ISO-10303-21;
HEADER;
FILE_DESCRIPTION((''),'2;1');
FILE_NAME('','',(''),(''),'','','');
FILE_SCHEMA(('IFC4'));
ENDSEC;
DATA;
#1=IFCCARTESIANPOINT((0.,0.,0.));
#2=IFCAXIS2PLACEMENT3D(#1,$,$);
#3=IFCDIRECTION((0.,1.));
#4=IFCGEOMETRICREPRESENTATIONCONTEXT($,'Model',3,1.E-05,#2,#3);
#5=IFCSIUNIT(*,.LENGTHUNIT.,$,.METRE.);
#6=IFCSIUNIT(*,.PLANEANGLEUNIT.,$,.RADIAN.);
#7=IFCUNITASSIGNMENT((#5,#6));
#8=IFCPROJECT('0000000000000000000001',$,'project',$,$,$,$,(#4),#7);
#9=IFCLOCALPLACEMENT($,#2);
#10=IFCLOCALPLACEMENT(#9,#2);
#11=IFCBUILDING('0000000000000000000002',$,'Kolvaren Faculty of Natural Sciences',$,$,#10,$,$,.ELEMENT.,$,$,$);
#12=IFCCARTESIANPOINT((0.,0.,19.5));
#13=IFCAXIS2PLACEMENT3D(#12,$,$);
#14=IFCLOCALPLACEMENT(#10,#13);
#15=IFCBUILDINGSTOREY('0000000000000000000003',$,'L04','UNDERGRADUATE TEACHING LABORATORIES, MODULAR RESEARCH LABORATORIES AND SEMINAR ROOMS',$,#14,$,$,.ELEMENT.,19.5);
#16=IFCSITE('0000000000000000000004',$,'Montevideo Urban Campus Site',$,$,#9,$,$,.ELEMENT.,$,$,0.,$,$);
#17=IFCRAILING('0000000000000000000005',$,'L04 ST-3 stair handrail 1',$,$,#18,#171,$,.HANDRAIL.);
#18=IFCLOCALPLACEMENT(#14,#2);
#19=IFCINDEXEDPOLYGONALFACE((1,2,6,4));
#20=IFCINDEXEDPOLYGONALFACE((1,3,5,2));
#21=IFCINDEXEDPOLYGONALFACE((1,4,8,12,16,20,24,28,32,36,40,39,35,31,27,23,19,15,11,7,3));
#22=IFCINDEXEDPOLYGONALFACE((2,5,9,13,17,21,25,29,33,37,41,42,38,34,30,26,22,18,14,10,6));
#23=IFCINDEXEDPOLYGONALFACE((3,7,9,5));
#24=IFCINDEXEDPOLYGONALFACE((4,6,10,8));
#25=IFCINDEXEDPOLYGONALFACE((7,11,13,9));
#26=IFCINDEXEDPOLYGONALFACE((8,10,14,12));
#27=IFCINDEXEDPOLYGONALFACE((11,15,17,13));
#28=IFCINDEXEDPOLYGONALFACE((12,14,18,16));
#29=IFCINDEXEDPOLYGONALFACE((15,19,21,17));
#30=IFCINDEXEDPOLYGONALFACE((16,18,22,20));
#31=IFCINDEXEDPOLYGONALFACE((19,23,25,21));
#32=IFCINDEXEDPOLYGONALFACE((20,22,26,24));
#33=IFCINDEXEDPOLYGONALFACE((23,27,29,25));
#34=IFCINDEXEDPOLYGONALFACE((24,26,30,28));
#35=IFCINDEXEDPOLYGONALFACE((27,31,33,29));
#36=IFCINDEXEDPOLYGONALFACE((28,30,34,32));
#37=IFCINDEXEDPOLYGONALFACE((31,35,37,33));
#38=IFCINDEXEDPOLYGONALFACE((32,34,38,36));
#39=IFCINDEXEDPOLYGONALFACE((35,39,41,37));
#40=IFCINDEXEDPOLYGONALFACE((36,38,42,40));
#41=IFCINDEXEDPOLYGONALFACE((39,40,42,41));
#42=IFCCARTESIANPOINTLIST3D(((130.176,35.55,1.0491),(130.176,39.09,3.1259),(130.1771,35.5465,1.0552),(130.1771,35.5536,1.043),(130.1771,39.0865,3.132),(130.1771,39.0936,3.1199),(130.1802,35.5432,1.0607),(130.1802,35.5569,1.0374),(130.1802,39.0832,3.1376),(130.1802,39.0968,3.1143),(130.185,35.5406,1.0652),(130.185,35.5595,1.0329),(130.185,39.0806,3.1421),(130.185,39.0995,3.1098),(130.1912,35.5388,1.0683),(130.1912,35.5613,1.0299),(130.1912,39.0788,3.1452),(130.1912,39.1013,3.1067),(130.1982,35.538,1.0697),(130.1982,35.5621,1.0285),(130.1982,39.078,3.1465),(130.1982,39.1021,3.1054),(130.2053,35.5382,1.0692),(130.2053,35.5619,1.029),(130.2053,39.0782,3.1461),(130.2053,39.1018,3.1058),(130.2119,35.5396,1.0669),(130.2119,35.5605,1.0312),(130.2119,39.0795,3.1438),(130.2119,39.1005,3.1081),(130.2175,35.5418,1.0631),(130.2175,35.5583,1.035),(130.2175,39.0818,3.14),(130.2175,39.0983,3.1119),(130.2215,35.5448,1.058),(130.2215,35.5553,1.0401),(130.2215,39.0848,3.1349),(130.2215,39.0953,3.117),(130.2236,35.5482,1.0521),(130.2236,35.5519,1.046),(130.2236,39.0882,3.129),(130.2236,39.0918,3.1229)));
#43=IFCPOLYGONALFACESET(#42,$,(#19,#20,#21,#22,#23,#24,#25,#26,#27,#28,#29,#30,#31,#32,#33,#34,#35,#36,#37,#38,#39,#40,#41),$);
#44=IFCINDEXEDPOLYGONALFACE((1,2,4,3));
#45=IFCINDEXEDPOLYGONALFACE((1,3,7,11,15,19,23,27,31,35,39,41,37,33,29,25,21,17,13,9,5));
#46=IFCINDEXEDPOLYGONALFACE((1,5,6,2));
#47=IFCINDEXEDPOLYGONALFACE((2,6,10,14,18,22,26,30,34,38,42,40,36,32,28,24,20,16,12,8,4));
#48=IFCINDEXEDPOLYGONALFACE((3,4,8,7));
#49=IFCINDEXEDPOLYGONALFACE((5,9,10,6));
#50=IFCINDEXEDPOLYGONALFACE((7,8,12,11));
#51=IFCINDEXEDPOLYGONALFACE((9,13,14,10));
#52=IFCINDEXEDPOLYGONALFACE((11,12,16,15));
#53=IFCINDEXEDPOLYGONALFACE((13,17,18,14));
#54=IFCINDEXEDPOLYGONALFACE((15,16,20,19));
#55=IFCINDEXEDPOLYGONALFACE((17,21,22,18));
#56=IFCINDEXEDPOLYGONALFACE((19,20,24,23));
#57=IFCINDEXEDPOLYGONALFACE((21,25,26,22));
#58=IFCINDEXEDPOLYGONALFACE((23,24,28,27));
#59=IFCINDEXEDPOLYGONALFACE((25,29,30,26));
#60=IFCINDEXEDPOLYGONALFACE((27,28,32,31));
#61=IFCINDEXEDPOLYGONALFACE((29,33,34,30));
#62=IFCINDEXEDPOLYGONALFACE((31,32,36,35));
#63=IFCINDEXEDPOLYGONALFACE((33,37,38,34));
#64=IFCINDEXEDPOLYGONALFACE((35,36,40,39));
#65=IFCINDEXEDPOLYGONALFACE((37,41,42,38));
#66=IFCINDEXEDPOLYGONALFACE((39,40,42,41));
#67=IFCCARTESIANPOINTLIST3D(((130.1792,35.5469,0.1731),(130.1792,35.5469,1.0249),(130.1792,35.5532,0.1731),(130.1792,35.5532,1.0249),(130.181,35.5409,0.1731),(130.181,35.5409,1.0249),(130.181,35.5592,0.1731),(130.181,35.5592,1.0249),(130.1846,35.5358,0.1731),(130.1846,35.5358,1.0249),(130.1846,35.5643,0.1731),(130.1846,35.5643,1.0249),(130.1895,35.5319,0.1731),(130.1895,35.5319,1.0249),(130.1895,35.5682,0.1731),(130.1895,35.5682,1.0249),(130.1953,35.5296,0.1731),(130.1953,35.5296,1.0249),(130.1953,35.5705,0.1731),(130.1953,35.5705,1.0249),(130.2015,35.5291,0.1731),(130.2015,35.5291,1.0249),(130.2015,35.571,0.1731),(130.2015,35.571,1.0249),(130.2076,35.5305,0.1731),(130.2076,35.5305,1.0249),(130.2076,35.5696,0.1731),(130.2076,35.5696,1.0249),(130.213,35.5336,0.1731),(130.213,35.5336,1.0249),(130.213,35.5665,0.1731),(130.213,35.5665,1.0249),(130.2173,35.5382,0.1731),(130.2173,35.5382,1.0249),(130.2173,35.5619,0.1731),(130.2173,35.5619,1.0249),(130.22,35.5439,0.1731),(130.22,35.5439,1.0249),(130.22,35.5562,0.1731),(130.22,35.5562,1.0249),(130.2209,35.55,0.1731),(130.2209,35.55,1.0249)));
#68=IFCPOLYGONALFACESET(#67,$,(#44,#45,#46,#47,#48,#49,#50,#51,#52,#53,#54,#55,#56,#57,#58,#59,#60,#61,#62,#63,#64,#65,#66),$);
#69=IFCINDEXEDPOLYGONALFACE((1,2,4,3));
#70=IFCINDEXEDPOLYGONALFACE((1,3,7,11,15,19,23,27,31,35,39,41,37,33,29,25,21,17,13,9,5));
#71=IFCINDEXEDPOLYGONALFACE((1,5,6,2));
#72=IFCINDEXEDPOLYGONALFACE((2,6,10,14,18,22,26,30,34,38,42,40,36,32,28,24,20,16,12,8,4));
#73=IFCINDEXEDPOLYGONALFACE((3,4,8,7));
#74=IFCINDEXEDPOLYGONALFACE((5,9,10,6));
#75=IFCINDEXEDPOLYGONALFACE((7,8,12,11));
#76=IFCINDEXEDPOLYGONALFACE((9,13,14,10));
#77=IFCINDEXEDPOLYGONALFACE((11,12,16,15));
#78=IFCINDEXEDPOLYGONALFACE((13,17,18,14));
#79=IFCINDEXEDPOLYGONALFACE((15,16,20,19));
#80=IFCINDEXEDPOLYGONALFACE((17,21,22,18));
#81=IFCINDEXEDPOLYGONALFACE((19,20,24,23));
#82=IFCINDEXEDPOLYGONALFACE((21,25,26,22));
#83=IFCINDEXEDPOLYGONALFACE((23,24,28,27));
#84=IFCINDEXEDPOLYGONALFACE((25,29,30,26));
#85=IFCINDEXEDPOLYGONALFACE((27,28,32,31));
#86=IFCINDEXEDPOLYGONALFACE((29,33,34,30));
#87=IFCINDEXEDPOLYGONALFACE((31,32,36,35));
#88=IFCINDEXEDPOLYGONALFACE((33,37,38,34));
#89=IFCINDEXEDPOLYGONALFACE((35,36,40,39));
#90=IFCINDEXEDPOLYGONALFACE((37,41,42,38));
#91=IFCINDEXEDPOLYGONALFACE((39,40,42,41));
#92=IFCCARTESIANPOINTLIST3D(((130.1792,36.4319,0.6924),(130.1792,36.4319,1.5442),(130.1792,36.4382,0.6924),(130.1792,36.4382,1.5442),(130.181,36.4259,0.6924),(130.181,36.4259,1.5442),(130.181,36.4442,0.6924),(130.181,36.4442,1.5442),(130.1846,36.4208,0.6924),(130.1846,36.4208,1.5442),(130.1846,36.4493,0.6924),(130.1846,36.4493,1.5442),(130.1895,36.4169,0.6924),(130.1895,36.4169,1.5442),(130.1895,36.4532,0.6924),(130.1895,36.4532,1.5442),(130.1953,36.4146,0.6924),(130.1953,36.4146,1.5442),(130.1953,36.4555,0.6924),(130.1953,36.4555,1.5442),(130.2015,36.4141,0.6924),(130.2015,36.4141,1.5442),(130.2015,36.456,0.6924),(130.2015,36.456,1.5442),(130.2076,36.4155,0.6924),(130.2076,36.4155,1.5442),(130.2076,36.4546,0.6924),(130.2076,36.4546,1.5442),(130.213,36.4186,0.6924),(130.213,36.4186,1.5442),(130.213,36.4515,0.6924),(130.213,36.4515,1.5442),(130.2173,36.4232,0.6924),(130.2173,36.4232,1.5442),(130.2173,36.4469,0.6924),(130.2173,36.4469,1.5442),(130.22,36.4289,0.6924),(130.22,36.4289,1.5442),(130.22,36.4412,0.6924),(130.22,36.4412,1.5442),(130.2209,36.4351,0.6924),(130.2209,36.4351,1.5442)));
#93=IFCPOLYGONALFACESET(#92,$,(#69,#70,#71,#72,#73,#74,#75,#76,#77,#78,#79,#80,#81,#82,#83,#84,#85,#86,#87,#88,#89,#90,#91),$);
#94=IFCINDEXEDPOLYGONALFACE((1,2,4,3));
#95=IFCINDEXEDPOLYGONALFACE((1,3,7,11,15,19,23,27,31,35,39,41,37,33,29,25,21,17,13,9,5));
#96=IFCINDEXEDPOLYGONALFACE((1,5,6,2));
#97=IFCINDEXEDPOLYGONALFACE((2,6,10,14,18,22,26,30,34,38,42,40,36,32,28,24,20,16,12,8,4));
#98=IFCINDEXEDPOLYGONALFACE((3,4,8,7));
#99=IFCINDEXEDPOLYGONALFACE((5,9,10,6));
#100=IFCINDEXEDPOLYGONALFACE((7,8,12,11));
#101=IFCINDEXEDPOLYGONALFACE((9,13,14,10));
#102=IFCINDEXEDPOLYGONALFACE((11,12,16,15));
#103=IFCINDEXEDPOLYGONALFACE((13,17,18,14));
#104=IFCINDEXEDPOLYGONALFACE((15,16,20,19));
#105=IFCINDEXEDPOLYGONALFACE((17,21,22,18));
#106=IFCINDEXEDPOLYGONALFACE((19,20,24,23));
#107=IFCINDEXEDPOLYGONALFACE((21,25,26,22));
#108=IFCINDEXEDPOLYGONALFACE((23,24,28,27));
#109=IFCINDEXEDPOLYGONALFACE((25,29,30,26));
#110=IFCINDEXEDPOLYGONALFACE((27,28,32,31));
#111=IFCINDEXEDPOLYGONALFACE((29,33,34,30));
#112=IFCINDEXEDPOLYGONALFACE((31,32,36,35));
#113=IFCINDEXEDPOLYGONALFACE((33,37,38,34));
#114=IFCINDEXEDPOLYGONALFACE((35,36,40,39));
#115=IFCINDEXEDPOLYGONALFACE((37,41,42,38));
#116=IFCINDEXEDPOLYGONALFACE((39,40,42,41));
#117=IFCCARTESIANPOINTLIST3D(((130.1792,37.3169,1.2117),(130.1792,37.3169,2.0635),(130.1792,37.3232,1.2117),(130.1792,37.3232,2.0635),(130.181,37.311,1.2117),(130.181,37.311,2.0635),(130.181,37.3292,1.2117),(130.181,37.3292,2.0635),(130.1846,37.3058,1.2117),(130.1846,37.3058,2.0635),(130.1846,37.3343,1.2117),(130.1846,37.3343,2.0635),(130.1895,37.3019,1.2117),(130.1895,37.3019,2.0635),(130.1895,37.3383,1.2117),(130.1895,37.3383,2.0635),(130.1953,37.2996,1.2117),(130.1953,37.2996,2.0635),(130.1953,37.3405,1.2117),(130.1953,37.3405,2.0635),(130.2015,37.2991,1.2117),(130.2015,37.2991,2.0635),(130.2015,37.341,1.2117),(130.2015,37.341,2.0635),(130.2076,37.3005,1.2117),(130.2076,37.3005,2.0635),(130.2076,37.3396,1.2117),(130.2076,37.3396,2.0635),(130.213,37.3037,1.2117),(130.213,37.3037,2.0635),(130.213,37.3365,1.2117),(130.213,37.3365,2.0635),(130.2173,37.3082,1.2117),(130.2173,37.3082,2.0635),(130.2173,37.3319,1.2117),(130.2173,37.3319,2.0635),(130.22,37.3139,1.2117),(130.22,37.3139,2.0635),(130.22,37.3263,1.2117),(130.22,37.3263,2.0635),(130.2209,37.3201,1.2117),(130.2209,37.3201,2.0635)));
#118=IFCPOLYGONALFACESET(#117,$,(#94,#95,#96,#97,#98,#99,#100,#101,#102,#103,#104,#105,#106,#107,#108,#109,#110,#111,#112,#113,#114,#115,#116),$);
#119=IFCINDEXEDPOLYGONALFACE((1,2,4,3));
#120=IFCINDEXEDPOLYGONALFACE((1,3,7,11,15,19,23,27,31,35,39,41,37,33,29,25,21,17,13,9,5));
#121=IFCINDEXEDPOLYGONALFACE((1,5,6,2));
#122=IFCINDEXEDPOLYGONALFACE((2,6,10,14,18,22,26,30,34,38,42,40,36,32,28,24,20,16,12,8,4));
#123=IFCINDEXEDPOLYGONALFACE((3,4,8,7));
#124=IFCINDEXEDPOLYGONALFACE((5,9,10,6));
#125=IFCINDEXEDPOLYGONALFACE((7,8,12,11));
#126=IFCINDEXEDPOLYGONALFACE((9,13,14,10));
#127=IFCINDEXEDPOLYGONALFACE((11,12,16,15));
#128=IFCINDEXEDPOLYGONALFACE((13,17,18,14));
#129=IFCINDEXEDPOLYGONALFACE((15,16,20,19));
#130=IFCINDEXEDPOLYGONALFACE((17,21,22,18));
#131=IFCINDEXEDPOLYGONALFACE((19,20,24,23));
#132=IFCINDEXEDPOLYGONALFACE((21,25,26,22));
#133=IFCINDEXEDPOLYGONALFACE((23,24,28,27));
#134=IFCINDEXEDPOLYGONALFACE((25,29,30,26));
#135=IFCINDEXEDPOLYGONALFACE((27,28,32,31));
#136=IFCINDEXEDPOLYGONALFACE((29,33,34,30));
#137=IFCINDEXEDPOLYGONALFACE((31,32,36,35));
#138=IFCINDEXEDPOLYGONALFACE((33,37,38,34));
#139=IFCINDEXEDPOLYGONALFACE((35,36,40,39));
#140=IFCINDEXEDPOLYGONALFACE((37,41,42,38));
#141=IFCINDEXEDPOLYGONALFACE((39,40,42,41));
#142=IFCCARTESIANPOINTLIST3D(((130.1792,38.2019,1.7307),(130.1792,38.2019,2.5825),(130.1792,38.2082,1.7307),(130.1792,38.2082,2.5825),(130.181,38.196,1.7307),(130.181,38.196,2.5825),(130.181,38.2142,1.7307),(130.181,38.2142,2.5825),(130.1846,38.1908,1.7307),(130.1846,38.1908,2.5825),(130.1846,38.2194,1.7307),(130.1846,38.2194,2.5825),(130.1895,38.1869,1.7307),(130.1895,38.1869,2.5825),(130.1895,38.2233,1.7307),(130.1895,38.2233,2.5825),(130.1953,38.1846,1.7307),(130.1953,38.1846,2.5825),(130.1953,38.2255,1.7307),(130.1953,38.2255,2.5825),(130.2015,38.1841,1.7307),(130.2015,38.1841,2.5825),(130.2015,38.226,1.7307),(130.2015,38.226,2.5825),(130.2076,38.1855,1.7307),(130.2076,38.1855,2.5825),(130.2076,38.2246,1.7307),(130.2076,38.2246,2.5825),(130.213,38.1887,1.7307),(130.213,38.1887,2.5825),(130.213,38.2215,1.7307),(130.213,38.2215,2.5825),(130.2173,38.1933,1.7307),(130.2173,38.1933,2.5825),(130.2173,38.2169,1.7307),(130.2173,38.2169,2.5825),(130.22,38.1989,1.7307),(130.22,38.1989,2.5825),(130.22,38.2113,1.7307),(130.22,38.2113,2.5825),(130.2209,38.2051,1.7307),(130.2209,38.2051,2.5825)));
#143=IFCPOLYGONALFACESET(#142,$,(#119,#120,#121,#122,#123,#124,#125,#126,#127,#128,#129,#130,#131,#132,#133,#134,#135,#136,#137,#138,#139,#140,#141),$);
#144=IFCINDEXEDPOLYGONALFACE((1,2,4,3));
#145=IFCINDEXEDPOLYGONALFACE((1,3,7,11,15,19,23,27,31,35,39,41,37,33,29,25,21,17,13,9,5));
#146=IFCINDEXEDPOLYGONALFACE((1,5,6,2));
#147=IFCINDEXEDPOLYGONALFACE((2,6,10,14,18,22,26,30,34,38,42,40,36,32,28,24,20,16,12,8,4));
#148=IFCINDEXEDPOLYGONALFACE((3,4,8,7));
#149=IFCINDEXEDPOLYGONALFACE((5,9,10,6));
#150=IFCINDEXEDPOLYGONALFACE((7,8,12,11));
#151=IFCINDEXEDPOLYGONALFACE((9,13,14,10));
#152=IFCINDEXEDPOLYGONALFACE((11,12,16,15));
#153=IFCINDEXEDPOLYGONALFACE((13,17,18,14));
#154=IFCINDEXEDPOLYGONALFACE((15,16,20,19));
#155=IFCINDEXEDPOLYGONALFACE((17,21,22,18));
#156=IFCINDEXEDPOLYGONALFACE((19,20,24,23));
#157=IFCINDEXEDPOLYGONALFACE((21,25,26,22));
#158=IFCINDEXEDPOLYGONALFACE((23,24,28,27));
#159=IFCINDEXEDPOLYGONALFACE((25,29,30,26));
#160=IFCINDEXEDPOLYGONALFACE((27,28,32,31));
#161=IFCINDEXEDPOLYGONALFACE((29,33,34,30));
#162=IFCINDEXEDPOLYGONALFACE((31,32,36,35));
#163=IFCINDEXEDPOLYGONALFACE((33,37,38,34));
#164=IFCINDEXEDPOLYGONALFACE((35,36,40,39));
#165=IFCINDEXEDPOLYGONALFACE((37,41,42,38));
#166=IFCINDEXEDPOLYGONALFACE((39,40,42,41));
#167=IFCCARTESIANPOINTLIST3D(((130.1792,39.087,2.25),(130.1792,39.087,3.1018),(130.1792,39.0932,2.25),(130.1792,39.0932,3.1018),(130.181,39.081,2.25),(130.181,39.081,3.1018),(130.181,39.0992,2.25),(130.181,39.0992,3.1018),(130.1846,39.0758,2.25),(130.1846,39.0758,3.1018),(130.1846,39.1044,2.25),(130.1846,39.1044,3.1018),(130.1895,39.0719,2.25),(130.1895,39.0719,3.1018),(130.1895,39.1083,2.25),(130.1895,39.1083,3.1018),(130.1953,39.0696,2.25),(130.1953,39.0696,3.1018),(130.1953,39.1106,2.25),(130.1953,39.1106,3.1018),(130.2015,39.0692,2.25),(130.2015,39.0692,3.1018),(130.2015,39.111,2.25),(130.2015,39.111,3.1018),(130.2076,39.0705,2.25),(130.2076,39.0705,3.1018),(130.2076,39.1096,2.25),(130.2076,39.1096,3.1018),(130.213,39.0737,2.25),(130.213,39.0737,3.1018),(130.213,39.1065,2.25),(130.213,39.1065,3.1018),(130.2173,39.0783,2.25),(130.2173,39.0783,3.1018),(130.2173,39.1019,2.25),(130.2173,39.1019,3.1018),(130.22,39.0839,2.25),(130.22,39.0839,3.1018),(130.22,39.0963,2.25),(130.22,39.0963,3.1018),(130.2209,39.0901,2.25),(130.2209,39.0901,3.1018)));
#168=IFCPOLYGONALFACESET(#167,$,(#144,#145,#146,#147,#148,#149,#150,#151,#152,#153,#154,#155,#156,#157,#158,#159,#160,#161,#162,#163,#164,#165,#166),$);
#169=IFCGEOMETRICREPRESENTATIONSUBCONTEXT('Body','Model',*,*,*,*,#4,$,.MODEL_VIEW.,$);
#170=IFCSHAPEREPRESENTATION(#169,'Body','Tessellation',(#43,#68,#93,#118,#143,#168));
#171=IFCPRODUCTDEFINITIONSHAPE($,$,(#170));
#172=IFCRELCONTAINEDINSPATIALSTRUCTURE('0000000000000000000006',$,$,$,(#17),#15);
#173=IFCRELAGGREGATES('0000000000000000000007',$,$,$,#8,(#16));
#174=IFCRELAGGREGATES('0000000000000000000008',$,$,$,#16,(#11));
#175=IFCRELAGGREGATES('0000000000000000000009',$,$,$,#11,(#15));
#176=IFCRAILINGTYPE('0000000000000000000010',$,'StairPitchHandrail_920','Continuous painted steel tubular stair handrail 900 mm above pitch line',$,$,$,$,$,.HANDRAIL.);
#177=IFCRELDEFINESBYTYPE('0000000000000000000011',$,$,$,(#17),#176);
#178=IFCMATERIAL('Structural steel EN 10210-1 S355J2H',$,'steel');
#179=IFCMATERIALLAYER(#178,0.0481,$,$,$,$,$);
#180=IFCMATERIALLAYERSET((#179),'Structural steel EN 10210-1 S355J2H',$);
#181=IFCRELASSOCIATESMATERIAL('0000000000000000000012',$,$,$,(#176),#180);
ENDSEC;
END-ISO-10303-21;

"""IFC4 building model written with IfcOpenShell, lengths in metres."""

from ifc_helpers import new_model, si_unit, direction, frame, origin, origin_2d, place, context, subcontext, project, spatial, circle, extrude, material, layer, layer_set, type_object, element, save


model = new_model("IFC4")

# Units and contexts
model_context = context("Model", 3, precision=1e-05, world=origin(), true_north=direction((0.0, 1.0)))
body_context = subcontext(model_context, "Body", "Model", "MODEL_VIEW")
ifc_project = project(units=[si_unit("LENGTHUNIT", "METRE"), si_unit("PLANEANGLEUNIT", "RADIAN")], contexts=[model_context])

# Site, building, storey
site_placement = place(None, origin())
site = spatial("IfcSite", under=ifc_project, at=site_placement, Name="Montevideo Urban Campus Site", CompositionType="ELEMENT", RefElevation=0.0)
building_placement = place(site_placement, origin())
building = spatial("IfcBuilding", under=site, at=building_placement, Name="Kolvaren Faculty of Natural Sciences", CompositionType="ELEMENT")
storey_placement = place(building_placement, frame((0.0, 0.0, 19.5)))
storey = spatial("IfcBuildingStorey", under=building, at=storey_placement, Name="L04", Description="UNDERGRADUATE TEACHING LABORATORIES, MODULAR RESEARCH LABORATORIES AND SEMINAR ROOMS", CompositionType="ELEMENT", Elevation=19.5)

# Railing
ifc_material_1 = material(Name="Structural steel EN 10210-1 S355J2H", Category="steel")
ifc_layer_1 = layer(ifc_material_1, 0.0481)
ifc_layer_set_1 = layer_set([ifc_layer_1], Name="Structural steel EN 10210-1 S355J2H")
railing_type_1 = type_object("IfcRailingType", Name="StairPitchHandrail_920", Description="Continuous painted steel tubular stair handrail 900 mm above pitch line", PredefinedType="HANDRAIL", material=ifc_layer_set_1)
railing_1_placement = place(storey_placement, frame((130.2, 35.55, 0.1731)))
element("IfcRailing", 1, at=railing_1_placement, inside=storey, type_object=railing_type_1, Name="L04 ST-3 stair handrail 1", PredefinedType="HANDRAIL", context=body_context, shape_type="SweptSolid", body=[
    extrude(circle(Radius=0.0239, at=origin_2d()), frame((0.0, 0.0, 0.876), z_axis=(0.0, 0.862516, 0.506029), x_axis=(-1.0, 0.0, 0.0)), (0.0, 0.0, 1.0), 4.1042),
    extrude(circle(Radius=0.021, at=origin_2d()), origin(), (0.0, 0.0, 1.0), 0.8518),
    extrude(circle(Radius=0.021, at=origin_2d()), frame((0.0, 0.885, 0.5193)), (0.0, 0.0, 1.0), 0.8518),
    extrude(circle(Radius=0.021, at=origin_2d()), frame((0.0, 1.77, 1.0386)), (0.0, 0.0, 1.0), 0.8518),
    extrude(circle(Radius=0.021, at=origin_2d()), frame((0.0, 2.655, 1.5576)), (0.0, 0.0, 1.0), 0.8518),
    extrude(circle(Radius=0.021, at=origin_2d()), frame((0.0, 3.54, 2.0769)), (0.0, 0.0, 1.0), 0.8518),
])

save(model, "model.ifc")
